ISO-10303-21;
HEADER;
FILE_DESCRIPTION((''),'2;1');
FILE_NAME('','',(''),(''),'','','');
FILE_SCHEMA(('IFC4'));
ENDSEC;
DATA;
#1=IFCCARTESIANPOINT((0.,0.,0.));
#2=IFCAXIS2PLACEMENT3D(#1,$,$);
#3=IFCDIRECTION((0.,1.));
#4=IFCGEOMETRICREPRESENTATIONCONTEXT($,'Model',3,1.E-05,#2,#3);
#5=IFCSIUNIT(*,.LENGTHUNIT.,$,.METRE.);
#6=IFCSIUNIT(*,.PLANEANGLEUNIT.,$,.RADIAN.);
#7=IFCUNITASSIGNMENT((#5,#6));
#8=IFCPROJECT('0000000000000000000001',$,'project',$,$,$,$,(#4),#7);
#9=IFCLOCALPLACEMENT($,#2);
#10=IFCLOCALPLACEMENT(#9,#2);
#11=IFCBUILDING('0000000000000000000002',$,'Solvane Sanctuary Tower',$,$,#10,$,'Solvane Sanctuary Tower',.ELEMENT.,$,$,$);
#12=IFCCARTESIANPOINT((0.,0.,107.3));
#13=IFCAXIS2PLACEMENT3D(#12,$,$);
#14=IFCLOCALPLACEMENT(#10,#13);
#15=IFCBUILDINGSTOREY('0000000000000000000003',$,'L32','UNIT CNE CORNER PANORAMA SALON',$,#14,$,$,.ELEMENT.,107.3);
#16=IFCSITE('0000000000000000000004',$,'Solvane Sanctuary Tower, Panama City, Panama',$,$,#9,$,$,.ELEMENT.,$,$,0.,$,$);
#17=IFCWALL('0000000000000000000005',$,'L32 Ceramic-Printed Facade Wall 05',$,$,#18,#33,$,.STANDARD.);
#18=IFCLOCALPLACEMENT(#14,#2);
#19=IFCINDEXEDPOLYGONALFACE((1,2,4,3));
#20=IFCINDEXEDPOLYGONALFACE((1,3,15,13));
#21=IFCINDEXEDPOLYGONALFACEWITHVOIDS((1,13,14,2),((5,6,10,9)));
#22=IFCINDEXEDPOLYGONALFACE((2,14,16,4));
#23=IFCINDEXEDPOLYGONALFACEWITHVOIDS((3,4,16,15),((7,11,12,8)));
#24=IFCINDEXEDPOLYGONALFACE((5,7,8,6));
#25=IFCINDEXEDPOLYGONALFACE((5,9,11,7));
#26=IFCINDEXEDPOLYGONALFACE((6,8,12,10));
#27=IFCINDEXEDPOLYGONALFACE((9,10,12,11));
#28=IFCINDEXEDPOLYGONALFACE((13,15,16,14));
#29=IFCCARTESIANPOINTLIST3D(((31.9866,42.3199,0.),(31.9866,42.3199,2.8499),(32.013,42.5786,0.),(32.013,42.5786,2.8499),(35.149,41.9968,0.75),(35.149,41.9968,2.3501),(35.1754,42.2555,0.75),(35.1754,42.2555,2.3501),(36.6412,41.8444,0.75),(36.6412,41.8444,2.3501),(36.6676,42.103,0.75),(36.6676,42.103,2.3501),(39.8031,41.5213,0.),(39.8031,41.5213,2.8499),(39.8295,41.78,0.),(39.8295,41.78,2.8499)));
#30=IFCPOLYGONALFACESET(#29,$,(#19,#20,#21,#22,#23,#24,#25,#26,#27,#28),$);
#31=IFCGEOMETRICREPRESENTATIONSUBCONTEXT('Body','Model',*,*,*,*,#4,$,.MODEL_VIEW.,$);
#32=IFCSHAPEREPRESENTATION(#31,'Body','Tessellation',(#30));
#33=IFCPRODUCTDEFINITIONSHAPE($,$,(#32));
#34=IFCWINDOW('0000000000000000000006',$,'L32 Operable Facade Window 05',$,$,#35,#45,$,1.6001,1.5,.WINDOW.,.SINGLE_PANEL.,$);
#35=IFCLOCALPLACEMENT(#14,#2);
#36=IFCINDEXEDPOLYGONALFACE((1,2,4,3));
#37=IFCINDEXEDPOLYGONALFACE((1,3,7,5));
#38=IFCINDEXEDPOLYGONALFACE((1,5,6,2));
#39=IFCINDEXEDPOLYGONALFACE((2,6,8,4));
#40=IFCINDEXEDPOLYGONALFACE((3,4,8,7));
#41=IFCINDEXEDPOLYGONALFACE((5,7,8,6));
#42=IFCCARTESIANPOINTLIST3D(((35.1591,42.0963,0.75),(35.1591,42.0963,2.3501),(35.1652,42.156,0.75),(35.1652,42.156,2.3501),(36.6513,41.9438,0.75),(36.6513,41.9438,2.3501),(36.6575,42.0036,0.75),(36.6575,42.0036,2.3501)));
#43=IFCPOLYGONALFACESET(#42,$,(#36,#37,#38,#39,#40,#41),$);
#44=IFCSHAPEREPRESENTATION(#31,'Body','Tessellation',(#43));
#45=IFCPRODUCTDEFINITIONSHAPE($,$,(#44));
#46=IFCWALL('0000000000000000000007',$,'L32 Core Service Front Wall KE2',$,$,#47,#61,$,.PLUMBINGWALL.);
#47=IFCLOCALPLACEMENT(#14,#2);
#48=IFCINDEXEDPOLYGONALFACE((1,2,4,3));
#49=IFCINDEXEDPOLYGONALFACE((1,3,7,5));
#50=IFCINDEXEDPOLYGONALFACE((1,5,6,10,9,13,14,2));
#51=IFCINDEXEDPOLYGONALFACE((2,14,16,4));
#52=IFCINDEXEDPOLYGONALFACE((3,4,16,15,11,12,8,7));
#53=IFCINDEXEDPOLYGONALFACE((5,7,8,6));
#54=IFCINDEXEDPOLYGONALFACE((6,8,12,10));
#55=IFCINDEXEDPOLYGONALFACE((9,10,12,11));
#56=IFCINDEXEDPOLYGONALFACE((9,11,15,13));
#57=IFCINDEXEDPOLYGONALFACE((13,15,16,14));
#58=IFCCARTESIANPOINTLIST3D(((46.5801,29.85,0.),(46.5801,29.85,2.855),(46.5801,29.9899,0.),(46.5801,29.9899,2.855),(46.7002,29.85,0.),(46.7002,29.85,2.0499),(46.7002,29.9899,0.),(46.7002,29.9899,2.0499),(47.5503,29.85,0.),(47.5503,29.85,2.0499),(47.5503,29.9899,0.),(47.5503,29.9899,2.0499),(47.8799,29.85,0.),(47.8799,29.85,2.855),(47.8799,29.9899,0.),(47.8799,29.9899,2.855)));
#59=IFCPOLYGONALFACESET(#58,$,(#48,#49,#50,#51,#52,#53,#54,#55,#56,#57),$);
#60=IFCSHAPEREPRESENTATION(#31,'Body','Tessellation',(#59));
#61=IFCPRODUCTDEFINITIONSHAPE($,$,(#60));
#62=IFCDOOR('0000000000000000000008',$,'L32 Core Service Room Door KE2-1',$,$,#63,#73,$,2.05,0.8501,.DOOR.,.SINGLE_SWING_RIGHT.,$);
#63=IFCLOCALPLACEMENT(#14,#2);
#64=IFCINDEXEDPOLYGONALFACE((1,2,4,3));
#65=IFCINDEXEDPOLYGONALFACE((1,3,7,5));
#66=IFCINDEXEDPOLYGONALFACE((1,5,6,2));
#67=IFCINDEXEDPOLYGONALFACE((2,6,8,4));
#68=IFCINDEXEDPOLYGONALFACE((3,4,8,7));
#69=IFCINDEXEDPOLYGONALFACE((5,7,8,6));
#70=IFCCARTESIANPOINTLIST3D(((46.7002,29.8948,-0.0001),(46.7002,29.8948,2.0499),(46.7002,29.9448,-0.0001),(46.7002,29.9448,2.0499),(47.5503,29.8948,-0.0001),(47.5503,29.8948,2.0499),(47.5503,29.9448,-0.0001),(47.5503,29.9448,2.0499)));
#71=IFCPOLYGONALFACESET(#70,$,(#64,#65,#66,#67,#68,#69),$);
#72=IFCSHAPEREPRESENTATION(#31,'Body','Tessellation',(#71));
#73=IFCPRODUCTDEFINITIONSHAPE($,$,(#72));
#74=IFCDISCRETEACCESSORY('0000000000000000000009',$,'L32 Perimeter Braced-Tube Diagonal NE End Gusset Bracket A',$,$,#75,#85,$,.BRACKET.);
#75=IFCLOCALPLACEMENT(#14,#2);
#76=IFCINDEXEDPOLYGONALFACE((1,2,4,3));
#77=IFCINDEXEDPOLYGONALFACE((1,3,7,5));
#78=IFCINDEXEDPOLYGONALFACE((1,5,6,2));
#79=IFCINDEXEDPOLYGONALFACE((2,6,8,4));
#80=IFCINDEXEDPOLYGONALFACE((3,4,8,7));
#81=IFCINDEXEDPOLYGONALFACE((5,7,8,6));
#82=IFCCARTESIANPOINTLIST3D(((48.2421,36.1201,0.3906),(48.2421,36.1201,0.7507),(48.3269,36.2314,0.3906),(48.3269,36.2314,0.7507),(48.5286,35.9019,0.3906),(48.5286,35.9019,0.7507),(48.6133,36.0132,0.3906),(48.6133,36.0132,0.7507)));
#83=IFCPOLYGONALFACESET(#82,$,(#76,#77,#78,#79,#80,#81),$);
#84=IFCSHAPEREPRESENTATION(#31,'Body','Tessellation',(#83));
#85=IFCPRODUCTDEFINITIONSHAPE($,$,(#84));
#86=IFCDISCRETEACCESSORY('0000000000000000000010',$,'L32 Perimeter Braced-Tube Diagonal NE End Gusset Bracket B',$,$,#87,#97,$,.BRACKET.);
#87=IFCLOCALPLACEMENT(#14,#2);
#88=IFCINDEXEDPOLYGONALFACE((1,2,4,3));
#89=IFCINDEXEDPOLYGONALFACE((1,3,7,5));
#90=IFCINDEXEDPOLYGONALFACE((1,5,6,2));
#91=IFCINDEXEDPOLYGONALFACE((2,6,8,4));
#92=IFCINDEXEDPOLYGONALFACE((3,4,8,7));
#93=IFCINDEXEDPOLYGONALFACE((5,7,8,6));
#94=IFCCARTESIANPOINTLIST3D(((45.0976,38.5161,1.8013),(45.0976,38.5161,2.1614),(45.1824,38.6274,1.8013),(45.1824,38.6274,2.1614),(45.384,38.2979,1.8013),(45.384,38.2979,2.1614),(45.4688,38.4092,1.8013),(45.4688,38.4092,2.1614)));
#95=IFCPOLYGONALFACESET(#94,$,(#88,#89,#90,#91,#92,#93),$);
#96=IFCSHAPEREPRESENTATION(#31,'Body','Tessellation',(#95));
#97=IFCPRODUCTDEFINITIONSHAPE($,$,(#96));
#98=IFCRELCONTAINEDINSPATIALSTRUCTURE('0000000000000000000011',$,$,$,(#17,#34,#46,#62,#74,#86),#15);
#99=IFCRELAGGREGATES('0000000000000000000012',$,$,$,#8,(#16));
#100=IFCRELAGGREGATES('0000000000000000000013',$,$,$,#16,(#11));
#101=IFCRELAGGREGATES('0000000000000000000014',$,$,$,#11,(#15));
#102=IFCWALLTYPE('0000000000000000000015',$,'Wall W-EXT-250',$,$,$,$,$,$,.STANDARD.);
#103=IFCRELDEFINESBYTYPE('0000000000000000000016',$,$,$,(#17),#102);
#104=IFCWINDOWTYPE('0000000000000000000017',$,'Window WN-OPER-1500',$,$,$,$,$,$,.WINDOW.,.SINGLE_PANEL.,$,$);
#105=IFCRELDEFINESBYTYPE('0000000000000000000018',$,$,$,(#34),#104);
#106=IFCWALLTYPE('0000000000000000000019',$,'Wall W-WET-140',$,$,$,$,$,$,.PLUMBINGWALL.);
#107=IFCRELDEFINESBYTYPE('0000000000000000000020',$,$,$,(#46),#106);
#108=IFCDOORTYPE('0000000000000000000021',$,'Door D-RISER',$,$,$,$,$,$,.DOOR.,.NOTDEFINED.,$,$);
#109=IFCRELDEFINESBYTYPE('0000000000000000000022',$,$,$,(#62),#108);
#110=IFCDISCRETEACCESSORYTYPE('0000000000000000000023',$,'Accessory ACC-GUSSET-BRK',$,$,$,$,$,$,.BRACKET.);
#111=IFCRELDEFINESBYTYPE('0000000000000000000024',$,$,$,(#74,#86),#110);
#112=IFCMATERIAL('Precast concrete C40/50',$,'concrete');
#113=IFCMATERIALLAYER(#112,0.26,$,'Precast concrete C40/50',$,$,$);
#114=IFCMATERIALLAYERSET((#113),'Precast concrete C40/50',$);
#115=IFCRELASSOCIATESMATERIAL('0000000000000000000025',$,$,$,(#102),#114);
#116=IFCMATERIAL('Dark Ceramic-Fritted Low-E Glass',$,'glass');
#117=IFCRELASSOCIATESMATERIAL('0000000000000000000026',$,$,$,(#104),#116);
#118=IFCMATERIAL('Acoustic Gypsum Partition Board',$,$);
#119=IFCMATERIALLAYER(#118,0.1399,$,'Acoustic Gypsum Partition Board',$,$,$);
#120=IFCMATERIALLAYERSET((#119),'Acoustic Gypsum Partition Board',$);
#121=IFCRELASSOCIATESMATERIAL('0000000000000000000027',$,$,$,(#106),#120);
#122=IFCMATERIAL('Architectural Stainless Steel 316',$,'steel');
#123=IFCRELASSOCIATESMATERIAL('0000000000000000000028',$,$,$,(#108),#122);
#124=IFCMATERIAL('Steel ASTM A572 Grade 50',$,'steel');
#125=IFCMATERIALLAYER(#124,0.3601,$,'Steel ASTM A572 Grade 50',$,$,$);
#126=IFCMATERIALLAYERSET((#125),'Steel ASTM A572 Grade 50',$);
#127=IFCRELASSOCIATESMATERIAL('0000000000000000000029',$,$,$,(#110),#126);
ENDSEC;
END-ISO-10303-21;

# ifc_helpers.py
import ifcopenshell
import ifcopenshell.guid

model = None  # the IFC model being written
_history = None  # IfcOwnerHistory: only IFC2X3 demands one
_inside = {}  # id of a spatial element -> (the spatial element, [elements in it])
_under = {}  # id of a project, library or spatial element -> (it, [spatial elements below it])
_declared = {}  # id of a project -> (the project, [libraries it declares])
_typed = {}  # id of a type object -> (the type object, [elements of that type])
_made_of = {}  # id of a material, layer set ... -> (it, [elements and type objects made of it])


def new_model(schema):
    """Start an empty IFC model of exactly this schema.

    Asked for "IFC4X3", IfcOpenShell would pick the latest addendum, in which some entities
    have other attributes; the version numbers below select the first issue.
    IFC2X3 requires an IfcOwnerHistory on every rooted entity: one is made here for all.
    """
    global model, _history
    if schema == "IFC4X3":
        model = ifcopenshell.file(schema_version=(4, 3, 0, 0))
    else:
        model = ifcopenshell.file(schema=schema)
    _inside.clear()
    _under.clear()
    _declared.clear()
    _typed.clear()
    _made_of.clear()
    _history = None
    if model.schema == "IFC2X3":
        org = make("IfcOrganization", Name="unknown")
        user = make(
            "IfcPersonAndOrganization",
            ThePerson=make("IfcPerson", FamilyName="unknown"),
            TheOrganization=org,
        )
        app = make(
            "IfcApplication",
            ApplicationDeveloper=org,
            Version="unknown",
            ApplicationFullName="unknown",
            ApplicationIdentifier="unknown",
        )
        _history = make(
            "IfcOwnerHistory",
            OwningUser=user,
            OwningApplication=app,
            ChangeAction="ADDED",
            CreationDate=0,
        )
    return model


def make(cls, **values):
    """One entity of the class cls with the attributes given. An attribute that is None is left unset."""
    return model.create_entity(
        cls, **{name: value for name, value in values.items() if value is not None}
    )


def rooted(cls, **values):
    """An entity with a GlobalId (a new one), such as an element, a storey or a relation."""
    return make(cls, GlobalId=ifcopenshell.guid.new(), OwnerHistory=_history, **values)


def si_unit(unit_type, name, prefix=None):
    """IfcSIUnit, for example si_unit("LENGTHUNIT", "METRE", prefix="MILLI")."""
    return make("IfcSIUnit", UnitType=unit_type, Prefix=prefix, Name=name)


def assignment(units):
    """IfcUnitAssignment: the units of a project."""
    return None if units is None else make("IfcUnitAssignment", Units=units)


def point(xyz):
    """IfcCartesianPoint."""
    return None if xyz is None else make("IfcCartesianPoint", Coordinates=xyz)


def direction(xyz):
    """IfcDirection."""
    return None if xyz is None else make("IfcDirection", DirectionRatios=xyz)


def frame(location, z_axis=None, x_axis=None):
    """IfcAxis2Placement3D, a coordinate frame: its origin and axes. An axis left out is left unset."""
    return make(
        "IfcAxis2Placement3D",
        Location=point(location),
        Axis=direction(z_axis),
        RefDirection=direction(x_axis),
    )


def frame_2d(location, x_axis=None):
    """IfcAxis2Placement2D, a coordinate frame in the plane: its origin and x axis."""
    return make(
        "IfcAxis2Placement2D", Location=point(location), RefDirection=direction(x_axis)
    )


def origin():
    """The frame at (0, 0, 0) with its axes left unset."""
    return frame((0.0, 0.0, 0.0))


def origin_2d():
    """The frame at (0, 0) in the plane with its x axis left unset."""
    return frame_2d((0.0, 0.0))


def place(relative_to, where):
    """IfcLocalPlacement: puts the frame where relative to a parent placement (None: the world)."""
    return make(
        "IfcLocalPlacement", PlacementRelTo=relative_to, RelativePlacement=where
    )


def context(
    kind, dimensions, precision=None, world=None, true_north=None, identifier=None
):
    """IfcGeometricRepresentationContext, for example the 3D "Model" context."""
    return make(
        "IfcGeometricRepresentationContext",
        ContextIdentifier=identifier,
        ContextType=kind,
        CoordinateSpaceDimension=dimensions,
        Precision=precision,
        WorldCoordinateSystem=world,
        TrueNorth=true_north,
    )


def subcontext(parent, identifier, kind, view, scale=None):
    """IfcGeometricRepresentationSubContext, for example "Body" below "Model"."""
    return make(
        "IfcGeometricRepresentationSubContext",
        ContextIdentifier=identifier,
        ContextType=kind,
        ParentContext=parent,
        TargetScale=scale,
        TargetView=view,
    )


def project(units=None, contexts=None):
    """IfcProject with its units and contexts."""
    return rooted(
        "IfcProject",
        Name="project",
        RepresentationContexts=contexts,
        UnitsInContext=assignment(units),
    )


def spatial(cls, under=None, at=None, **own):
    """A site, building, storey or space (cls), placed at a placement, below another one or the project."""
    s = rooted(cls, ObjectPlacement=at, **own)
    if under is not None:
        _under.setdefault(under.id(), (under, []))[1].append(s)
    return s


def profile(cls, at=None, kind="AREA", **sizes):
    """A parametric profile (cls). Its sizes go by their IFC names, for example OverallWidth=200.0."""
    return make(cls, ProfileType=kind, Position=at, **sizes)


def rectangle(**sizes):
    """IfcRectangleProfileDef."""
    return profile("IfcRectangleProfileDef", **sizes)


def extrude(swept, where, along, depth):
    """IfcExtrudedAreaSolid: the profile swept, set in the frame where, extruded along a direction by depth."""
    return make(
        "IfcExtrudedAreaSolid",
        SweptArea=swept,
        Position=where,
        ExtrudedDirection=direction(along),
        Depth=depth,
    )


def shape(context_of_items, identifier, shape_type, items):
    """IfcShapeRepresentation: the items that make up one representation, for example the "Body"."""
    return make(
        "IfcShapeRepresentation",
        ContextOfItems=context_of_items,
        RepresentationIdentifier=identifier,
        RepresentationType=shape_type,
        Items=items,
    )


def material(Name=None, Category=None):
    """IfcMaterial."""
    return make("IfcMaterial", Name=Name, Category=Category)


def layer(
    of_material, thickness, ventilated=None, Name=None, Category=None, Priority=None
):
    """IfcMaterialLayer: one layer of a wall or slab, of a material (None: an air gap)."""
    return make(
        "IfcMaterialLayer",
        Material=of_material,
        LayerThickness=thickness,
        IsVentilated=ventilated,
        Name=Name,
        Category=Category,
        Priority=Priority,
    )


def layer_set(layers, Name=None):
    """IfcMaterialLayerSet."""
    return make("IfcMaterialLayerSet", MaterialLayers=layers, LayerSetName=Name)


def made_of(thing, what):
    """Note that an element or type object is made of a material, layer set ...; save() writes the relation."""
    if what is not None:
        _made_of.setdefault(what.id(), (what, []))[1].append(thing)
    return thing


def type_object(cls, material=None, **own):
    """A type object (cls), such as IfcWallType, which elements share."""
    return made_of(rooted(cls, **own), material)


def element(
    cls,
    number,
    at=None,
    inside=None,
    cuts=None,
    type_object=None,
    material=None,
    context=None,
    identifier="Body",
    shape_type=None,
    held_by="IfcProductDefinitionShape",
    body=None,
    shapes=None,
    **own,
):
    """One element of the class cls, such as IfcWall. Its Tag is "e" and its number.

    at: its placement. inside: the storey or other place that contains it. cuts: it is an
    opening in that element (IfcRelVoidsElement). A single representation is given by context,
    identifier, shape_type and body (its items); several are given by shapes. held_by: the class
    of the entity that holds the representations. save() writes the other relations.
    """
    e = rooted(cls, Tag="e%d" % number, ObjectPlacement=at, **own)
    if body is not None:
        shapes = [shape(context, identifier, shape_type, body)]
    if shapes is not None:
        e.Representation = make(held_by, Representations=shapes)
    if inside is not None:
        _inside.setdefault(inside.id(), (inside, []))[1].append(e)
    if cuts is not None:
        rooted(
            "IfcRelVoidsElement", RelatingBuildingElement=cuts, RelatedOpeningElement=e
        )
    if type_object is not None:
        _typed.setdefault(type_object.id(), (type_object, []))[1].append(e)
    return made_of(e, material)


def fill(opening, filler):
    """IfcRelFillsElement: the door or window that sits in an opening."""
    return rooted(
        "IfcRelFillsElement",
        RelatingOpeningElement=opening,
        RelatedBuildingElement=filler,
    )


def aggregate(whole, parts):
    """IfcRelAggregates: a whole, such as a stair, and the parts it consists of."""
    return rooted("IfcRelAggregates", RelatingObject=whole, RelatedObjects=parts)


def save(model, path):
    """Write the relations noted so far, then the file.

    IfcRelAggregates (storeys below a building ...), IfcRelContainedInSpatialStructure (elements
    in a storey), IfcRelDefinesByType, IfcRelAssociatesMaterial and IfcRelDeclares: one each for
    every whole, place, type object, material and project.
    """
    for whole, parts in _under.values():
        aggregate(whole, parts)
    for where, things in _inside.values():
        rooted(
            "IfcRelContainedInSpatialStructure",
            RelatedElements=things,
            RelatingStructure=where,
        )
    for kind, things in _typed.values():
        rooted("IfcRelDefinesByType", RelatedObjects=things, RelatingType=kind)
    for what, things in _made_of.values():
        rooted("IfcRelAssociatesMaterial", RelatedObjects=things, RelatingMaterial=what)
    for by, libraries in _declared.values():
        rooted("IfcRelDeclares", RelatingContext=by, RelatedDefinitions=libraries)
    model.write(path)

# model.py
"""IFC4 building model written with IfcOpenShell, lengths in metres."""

from ifc_helpers import new_model, si_unit, direction, frame, frame_2d, origin, origin_2d, place, context, subcontext, project, spatial, rectangle, extrude, material, layer, layer_set, type_object, element, fill, save


model = new_model("IFC4")

# Units and contexts
model_context = context("Model", 3, precision=1e-05, world=origin(), true_north=direction((0.0, 1.0)))
body_context = subcontext(model_context, "Body", "Model", "MODEL_VIEW")
ifc_project = project(units=[si_unit("LENGTHUNIT", "METRE"), si_unit("PLANEANGLEUNIT", "RADIAN")], contexts=[model_context])

# Site, building, storey
site_placement = place(None, origin())
site = spatial("IfcSite", under=ifc_project, at=site_placement, Name="Solvane Sanctuary Tower, Panama City, Panama", CompositionType="ELEMENT", RefElevation=0.0)
building_placement = place(site_placement, origin())
building = spatial("IfcBuilding", under=site, at=building_placement, Name="Solvane Sanctuary Tower", LongName="Solvane Sanctuary Tower", CompositionType="ELEMENT")
storey_placement = place(building_placement, frame((0.0, 0.0, 107.3)))
storey = spatial("IfcBuildingStorey", under=building, at=storey_placement, Name="L32", Description="UNIT CNE CORNER PANORAMA SALON", CompositionType="ELEMENT", Elevation=107.3)

# Shared definitions
ifc_material_1 = material(Name="Acoustic Gypsum Partition Board")

# Shared definitions
ifc_material_2 = material(Name="Precast concrete C40/50", Category="concrete")
ifc_layer_1 = layer(ifc_material_2, 0.26, Name="Precast concrete C40/50")
ifc_layer_set_1 = layer_set([ifc_layer_1], Name="Precast concrete C40/50")
wall_type_1 = type_object("IfcWallType", Name="Wall W-EXT-250", PredefinedType="STANDARD", material=ifc_layer_set_1)
ifc_material_3 = material(Name="Dark Ceramic-Fritted Low-E Glass", Category="glass")
window_type = type_object("IfcWindowType", Name="Window WN-OPER-1500", PartitioningType="SINGLE_PANEL", PredefinedType="WINDOW", material=ifc_material_3)

# Wall, opening, window
wall_1_placement = place(storey_placement, frame((39.8164, 41.6506, 0.0), z_axis=(0.0, 0.0, 1.0), x_axis=(-0.994821, 0.101639, 0.0)))
wall_1 = element("IfcWall", 1, at=wall_1_placement, inside=storey, type_object=wall_type_1, Name="L32 Ceramic-Printed Facade Wall 05", PredefinedType="STANDARD", context=body_context, shape_type="SweptSolid", body=[
    extrude(rectangle(XDim=7.8572, YDim=0.26, at=frame_2d((3.9287, 0.0))), origin(), (0.0, 0.0, 1.0), 2.8499),
])
opening_1_placement = place(wall_1_placement, frame((3.1785, 0.0, 0.75)))
opening_1 = element("IfcOpeningElement", 2, at=opening_1_placement, cuts=wall_1, PredefinedType="OPENING", context=body_context, shape_type="SweptSolid", body=[
    extrude(rectangle(XDim=1.5, YDim=1.6001, at=frame_2d((0.75, 0.8))), frame((0.0, 0.1399, 0.0), z_axis=(0.0, -1.0, 0.0), x_axis=(1.0, 0.0, 0.0)), (0.0, 0.0, 1.0), 0.28),
])
window_1_placement = place(opening_1_placement, origin())
window_1 = element("IfcWindow", 3, at=window_1_placement, inside=storey, type_object=window_type, Name="L32 Operable Facade Window 05", OverallHeight=1.6001, OverallWidth=1.5, PartitioningType="SINGLE_PANEL", PredefinedType="WINDOW", context=body_context, shape_type="SweptSolid", body=[
    extrude(rectangle(XDim=1.5, YDim=1.6001, at=frame_2d((0.75, 0.8))), frame((0.0, 0.03, 0.0), z_axis=(0.0, -1.0, 0.0), x_axis=(1.0, 0.0, 0.0)), (0.0, 0.0, 1.0), 0.0601),
])
fill(opening_1, window_1)

# Wall, opening, door
ifc_layer_2 = layer(ifc_material_1, 0.1399, Name="Acoustic Gypsum Partition Board")
ifc_layer_set_2 = layer_set([ifc_layer_2], Name="Acoustic Gypsum Partition Board")
wall_type_2 = type_object("IfcWallType", Name="Wall W-WET-140", PredefinedType="PLUMBINGWALL", material=ifc_layer_set_2)
wall_2_placement = place(storey_placement, frame((46.5801, 29.9199, 0.0), z_axis=(0.0, 0.0, 1.0), x_axis=(1.0, 0.0, 0.0)))
wall_2 = element("IfcWall", 4, at=wall_2_placement, inside=storey, type_object=wall_type_2, Name="L32 Core Service Front Wall KE2", PredefinedType="PLUMBINGWALL", context=body_context, shape_type="SweptSolid", body=[
    extrude(rectangle(XDim=1.2998, YDim=0.1399, at=frame_2d((0.6499, 0.0))), origin(), (0.0, 0.0, 1.0), 2.855),
])
opening_2_placement = place(wall_2_placement, frame((0.1201, 0.0, 0.0)))
opening_2 = element("IfcOpeningElement", 5, at=opening_2_placement, cuts=wall_2, PredefinedType="OPENING", context=body_context, shape_type="SweptSolid", body=[
    extrude(rectangle(XDim=0.8501, YDim=2.05, at=frame_2d((0.425, 1.0249))), frame((0.0, 0.0798, 0.0), z_axis=(0.0, -1.0, 0.0), x_axis=(1.0, 0.0, 0.0)), (0.0, 0.0, 1.0), 0.1599),
])
ifc_material_4 = material(Name="Architectural Stainless Steel 316", Category="steel")
door_type_1 = type_object("IfcDoorType", Name="Door D-RISER", OperationType="NOTDEFINED", PredefinedType="DOOR", material=ifc_material_4)
door_1_placement = place(opening_2_placement, origin())
door_1 = element("IfcDoor", 6, at=door_1_placement, inside=storey, type_object=door_type_1, Name="L32 Core Service Room Door KE2-1", OperationType="SINGLE_SWING_RIGHT", OverallHeight=2.05, OverallWidth=0.8501, PredefinedType="DOOR", context=body_context, shape_type="SweptSolid", body=[
    extrude(rectangle(XDim=0.8501, YDim=2.05, at=frame_2d((0.425, 1.0249))), frame((0.0, 0.0249, 0.0), z_axis=(0.0, -1.0, 0.0), x_axis=(1.0, 0.0, 0.0)), (0.0, 0.0, 1.0), 0.05),
])
fill(opening_2, door_1)

# Discrete accessories
ifc_material_5 = material(Name="Steel ASTM A572 Grade 50", Category="steel")
ifc_layer_3 = layer(ifc_material_5, 0.3601, Name="Steel ASTM A572 Grade 50")
ifc_layer_set_3 = layer_set([ifc_layer_3], Name="Steel ASTM A572 Grade 50")
discrete_accessory_type = type_object("IfcDiscreteAccessoryType", Name="Accessory ACC-GUSSET-BRK", PredefinedType="BRACKET", material=ifc_layer_set_3)
for number, where, z_axis, x_axis, name in (
    (7, (48.4277, 36.0667, 0.3906), (0.0, 0.0, 1.0), (-0.795473, 0.605988, 0.0), "L32 Perimeter Braced-Tube Diagonal NE End Gusset Bracket A"),
    (8, (45.2832, 38.4626, 1.8013), (0.0, 0.0, 1.0), (-0.795473, 0.605988, 0.0), "L32 Perimeter Braced-Tube Diagonal NE End Gusset Bracket B"),
):
    element("IfcDiscreteAccessory", number, at=place(storey_placement, frame(where, z_axis=z_axis, x_axis=x_axis)), inside=storey, type_object=discrete_accessory_type, Name=name, PredefinedType="BRACKET", context=body_context, shape_type="SweptSolid", body=[
        extrude(rectangle(XDim=0.3601, YDim=0.1399, at=origin_2d()), origin(), (0.0, 0.0, 1.0), 0.3601),
    ])

save(model, "model.ifc")
